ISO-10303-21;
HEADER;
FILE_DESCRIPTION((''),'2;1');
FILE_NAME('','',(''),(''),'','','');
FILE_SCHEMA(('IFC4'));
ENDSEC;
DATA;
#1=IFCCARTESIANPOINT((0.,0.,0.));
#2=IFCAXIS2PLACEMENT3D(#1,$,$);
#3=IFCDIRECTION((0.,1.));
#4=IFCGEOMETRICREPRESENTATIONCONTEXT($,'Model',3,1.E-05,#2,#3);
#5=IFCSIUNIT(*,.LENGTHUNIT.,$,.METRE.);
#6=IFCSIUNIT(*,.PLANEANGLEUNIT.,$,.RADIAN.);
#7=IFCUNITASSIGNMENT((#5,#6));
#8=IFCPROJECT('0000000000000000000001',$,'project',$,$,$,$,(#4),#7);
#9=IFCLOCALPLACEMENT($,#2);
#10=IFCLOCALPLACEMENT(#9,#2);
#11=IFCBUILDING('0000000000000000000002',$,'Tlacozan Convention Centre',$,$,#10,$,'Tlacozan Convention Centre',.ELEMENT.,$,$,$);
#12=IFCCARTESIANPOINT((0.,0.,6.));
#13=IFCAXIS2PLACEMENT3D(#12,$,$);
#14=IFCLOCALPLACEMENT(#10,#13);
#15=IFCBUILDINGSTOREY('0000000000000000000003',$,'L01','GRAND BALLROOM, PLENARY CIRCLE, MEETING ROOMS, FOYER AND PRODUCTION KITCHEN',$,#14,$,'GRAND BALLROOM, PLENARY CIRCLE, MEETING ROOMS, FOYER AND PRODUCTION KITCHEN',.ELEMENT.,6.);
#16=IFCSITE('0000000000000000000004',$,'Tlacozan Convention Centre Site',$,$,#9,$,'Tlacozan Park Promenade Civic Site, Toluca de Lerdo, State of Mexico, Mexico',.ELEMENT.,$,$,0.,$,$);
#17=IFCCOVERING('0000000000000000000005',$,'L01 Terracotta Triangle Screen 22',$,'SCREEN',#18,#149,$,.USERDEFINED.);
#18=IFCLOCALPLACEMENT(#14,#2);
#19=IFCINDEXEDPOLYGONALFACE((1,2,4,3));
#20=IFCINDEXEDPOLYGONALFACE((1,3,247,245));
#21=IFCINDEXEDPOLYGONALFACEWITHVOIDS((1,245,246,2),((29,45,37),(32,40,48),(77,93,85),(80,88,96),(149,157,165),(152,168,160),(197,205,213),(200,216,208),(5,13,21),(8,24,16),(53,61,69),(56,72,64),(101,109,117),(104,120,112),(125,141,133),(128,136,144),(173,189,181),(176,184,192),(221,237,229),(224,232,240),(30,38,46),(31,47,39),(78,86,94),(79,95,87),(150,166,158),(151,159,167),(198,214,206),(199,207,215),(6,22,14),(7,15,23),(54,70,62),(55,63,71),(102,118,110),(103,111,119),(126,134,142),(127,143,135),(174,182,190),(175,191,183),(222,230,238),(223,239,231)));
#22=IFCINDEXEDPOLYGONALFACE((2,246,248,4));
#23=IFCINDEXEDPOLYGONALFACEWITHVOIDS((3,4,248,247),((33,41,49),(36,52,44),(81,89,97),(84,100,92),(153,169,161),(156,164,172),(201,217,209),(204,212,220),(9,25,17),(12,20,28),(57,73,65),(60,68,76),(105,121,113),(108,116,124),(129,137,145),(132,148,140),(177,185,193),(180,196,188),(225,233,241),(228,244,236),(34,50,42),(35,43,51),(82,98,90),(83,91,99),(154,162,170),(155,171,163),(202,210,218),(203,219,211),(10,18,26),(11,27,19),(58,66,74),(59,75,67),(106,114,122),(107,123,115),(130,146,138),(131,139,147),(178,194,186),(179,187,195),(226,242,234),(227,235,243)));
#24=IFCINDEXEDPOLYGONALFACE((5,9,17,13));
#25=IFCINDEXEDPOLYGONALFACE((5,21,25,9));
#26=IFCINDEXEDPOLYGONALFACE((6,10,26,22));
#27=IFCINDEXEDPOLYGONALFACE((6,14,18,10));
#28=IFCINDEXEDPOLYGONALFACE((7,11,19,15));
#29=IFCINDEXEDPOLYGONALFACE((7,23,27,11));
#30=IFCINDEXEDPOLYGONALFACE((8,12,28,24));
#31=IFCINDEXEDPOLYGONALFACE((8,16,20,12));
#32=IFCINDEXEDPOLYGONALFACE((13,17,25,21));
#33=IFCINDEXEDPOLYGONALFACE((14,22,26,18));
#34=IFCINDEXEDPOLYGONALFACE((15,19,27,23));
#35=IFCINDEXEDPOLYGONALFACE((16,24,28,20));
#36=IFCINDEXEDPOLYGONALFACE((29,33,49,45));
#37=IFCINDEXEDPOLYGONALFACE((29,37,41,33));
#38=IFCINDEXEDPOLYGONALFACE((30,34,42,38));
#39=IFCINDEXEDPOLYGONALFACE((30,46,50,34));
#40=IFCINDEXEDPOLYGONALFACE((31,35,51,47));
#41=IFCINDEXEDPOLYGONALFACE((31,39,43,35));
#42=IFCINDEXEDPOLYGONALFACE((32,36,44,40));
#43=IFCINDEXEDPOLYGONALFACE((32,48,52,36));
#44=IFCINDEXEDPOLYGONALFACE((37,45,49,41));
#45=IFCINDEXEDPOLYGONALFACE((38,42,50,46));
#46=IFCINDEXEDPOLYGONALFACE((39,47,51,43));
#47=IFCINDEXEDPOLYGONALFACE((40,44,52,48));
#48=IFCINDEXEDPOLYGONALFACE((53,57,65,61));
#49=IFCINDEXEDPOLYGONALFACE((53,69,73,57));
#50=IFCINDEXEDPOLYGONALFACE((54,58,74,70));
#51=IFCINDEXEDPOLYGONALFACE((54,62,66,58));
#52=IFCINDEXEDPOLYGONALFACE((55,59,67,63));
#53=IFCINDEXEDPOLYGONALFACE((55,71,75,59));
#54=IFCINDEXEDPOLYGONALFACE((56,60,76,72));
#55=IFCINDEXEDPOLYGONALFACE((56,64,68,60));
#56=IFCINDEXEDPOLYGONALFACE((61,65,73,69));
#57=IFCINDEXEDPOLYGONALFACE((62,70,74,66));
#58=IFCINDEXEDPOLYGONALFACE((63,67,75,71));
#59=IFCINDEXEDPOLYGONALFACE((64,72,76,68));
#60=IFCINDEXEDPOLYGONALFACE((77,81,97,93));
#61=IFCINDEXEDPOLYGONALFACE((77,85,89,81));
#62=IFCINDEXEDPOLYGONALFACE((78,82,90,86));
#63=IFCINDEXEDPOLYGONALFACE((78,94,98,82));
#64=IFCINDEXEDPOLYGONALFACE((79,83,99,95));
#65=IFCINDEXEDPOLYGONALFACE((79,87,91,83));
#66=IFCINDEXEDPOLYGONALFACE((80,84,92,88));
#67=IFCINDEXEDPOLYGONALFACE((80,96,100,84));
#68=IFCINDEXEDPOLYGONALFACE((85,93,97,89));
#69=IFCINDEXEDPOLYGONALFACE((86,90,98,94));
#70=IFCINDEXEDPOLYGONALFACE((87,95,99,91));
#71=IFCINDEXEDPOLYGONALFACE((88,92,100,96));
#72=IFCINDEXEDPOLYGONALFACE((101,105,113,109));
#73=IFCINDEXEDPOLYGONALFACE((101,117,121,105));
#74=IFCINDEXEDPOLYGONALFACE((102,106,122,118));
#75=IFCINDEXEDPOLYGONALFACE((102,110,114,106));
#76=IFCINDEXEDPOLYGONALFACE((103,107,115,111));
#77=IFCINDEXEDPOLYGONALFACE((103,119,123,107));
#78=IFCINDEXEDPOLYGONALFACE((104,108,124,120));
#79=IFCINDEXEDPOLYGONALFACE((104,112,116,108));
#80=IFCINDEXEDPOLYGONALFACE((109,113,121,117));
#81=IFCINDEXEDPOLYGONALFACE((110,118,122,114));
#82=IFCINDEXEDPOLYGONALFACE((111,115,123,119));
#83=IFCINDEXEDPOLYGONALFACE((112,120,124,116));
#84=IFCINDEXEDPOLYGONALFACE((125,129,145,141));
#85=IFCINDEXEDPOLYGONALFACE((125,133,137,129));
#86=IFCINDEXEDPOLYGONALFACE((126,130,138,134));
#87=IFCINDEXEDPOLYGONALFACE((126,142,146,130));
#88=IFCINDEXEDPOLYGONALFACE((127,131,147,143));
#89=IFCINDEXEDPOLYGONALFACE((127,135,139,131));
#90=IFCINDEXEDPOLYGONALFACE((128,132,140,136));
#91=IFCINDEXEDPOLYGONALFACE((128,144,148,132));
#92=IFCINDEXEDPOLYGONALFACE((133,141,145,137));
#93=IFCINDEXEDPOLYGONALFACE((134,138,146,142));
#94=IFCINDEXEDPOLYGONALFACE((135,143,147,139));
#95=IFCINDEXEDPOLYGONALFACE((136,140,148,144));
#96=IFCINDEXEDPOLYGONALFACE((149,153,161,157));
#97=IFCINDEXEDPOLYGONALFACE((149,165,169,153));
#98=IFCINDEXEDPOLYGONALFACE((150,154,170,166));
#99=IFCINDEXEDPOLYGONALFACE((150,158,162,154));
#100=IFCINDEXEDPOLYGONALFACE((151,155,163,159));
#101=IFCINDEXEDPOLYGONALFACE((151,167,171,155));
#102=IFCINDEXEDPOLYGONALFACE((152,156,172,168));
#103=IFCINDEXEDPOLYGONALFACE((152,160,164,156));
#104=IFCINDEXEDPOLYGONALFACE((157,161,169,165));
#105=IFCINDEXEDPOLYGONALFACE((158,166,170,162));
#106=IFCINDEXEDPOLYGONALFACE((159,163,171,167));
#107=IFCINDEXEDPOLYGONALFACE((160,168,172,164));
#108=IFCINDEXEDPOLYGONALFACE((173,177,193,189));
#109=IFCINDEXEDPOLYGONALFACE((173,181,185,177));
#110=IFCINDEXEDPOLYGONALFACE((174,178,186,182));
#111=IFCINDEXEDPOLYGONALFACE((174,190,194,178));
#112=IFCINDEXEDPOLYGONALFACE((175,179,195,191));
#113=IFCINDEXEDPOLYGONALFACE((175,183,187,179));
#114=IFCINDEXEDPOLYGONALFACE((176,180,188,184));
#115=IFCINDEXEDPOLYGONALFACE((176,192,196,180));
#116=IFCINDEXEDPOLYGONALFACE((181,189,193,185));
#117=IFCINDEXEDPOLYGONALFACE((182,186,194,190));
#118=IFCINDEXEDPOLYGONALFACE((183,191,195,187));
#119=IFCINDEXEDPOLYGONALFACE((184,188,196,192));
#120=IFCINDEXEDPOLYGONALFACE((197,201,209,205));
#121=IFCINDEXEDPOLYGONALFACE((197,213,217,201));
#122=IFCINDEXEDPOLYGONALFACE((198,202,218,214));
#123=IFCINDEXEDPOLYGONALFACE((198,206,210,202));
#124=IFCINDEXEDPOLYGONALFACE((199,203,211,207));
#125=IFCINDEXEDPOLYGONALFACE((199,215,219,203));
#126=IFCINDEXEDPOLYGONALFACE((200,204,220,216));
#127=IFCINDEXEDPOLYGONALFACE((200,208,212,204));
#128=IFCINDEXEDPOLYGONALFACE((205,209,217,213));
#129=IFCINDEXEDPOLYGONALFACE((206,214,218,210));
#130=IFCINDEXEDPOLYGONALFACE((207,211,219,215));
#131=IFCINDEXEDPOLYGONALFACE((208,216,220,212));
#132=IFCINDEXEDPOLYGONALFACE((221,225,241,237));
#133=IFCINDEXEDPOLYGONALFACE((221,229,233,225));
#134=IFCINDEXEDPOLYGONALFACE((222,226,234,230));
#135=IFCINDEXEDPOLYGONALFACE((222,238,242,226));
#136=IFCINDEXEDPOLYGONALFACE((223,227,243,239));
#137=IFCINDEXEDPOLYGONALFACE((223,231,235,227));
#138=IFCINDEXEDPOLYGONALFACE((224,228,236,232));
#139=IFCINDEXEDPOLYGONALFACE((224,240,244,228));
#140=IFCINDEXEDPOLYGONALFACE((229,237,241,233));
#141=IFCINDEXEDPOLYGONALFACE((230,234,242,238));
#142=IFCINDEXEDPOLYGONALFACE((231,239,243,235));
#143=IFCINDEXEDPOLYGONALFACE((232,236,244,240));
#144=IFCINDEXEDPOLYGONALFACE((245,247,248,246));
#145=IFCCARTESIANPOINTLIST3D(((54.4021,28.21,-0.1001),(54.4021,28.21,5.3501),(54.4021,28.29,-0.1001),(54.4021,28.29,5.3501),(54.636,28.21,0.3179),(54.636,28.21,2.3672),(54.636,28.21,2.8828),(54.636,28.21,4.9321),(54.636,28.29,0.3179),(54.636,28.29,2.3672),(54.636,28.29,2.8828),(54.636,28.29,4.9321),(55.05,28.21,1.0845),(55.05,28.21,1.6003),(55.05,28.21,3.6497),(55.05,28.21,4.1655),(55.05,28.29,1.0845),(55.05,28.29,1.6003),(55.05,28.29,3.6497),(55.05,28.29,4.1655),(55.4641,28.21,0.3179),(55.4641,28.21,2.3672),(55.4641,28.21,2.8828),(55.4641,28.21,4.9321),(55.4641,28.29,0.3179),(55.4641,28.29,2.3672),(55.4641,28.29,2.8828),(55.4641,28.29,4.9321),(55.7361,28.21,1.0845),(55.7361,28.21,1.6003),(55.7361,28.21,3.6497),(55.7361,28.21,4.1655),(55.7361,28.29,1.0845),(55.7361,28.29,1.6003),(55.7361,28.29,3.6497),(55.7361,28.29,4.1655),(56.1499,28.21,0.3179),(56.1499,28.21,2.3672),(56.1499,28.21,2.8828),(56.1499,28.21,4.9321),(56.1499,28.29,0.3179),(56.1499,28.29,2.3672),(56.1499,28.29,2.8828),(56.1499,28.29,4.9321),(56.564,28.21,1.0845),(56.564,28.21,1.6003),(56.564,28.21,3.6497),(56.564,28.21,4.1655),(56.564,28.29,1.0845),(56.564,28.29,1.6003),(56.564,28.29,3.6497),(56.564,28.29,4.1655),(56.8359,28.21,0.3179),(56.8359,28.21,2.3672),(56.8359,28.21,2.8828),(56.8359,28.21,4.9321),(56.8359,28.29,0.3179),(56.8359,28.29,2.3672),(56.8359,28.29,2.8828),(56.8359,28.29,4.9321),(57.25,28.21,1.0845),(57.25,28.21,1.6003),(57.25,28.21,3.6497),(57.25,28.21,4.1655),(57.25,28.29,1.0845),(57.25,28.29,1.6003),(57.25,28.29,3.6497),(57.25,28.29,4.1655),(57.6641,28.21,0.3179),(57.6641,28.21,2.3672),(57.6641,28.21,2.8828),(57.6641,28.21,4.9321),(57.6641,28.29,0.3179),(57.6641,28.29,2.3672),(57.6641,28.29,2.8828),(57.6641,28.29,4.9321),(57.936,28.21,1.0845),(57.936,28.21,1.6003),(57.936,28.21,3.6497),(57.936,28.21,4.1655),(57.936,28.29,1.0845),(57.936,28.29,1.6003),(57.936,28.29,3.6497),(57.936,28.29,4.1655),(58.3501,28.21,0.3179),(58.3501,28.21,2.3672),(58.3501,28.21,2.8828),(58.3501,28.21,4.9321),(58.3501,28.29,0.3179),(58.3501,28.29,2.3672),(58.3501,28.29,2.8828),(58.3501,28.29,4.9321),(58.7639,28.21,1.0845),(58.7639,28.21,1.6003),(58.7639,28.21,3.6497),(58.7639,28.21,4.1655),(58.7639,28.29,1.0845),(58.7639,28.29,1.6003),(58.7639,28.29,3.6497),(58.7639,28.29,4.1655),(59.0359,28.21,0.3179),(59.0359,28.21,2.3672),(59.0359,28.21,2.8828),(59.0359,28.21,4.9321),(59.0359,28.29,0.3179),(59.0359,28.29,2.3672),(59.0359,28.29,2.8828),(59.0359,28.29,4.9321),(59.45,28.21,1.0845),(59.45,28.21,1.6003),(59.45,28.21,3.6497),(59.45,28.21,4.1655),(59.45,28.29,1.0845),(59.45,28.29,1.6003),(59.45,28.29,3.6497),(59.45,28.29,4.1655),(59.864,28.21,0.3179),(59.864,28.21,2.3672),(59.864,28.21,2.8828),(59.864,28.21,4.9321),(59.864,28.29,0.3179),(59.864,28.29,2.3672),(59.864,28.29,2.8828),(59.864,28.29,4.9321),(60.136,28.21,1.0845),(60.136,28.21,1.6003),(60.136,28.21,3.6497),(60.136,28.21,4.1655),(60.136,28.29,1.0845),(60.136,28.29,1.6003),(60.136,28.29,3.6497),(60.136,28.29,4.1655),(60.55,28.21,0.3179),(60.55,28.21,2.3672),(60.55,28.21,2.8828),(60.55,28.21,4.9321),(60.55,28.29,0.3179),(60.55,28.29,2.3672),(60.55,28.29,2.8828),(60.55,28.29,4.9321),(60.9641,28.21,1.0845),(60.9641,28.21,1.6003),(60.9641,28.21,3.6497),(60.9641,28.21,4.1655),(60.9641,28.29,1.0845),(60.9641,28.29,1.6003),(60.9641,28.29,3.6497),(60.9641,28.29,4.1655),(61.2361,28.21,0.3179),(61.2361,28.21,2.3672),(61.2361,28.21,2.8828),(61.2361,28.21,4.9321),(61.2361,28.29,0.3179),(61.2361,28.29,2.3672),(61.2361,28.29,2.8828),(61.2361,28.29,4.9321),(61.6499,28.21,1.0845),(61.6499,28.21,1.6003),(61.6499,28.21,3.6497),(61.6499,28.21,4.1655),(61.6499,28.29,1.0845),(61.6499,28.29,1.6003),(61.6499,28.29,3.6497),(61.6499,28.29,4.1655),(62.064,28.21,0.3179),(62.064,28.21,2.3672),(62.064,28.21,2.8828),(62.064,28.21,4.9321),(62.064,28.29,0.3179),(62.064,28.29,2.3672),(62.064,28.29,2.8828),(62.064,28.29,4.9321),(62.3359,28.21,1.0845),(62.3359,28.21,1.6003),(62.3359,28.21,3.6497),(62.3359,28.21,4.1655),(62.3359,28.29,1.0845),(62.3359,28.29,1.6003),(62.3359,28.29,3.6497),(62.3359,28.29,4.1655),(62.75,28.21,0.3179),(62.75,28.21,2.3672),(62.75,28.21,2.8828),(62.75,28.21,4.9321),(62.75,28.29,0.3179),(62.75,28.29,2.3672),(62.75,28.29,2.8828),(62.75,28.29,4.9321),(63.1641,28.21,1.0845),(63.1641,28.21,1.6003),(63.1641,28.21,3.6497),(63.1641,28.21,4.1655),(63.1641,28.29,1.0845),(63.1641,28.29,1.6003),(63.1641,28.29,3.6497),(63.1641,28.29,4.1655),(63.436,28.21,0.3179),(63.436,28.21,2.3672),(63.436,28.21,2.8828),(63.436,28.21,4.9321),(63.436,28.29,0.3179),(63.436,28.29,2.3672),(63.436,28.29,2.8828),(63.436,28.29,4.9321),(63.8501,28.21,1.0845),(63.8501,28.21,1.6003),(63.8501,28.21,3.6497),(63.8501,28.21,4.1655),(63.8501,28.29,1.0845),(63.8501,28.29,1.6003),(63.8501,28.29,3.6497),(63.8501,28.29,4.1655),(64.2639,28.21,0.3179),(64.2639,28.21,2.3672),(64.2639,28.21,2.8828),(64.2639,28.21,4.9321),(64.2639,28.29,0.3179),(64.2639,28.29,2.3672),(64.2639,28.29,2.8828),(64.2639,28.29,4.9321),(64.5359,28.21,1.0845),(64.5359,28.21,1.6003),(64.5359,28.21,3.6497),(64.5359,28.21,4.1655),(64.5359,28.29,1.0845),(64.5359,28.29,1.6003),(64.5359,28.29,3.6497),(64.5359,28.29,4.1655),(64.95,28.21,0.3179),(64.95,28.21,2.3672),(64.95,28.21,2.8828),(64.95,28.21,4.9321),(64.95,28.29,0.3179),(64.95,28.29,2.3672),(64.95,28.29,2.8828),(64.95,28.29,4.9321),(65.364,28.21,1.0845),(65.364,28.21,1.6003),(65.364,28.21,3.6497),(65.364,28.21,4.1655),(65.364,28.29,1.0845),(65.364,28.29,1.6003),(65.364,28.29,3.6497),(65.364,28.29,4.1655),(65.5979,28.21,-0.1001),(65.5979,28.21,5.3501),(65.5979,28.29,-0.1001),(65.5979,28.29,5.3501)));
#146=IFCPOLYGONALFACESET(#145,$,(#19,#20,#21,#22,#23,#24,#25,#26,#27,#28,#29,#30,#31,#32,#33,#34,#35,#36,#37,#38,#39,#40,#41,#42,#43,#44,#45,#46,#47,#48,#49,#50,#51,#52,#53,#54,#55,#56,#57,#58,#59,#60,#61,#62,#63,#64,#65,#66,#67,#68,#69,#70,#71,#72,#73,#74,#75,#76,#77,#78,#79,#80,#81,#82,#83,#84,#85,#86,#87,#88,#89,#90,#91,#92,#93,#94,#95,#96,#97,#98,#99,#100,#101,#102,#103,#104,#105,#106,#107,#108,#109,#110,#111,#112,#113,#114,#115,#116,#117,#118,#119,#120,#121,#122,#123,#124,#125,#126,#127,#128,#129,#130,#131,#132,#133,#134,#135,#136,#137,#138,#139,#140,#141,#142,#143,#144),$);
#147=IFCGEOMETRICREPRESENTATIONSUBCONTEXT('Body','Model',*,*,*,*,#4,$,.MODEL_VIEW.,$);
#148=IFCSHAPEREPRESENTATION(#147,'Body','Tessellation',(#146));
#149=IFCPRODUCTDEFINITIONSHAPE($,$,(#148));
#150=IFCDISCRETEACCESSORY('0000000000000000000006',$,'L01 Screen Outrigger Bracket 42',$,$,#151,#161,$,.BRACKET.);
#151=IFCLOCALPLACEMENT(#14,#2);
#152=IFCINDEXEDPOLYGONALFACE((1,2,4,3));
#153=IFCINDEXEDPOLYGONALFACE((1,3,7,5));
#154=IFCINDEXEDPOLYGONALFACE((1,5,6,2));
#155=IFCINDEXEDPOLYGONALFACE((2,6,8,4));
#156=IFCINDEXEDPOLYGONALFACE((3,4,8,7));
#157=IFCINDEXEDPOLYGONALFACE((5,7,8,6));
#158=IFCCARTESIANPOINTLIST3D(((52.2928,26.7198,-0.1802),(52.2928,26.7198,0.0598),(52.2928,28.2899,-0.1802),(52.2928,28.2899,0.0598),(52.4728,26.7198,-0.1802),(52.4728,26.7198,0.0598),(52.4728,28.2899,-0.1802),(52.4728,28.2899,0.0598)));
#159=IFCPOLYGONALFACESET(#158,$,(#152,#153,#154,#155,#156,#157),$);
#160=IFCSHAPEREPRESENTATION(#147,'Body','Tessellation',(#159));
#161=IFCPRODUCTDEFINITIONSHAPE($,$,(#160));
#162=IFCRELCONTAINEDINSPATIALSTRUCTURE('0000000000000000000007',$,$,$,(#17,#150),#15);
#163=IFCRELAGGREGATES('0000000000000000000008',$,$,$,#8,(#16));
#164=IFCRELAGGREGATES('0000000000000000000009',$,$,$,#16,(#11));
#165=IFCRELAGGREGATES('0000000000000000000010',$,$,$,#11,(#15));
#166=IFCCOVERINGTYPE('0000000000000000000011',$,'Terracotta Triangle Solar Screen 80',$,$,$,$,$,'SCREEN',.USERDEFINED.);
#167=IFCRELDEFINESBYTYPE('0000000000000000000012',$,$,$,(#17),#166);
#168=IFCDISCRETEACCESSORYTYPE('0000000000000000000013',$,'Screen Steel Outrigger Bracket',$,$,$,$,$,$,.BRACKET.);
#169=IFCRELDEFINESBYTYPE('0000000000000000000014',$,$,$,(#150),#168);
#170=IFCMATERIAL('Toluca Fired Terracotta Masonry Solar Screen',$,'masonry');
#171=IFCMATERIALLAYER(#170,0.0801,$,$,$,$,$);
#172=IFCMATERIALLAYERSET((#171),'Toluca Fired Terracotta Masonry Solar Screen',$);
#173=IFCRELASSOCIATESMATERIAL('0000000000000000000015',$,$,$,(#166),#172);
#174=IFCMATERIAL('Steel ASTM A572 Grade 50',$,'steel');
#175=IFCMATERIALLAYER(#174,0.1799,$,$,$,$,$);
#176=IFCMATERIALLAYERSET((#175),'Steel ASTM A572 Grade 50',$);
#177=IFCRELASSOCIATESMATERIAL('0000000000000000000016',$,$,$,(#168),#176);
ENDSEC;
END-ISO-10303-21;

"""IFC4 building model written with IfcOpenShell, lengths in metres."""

from ifc_helpers import new_model, si_unit, direction, frame, origin, origin_2d, place, context, subcontext, project, spatial, polyline, rectangle, outline, extrude, material, layer, layer_set, type_object, element, save


model = new_model("IFC4")

# Units and contexts
model_context = context("Model", 3, precision=1e-05, world=origin(), true_north=direction((0.0, 1.0)))
body_context = subcontext(model_context, "Body", "Model", "MODEL_VIEW")
ifc_project = project(units=[si_unit("LENGTHUNIT", "METRE"), si_unit("PLANEANGLEUNIT", "RADIAN")], contexts=[model_context])

# Site, building, storey
site_placement = place(None, origin())
site = spatial("IfcSite", under=ifc_project, at=site_placement, Name="Tlacozan Convention Centre Site", LongName="Tlacozan Park Promenade Civic Site, Toluca de Lerdo, State of Mexico, Mexico", CompositionType="ELEMENT", RefElevation=0.0)
building_placement = place(site_placement, origin())
building = spatial("IfcBuilding", under=site, at=building_placement, Name="Tlacozan Convention Centre", LongName="Tlacozan Convention Centre", CompositionType="ELEMENT")
storey_placement = place(building_placement, frame((0.0, 0.0, 6.0)))
storey = spatial("IfcBuildingStorey", under=building, at=storey_placement, Name="L01", Description="GRAND BALLROOM, PLENARY CIRCLE, MEETING ROOMS, FOYER AND PRODUCTION KITCHEN", LongName="GRAND BALLROOM, PLENARY CIRCLE, MEETING ROOMS, FOYER AND PRODUCTION KITCHEN", CompositionType="ELEMENT", Elevation=6.0)

# Covering
ifc_material_1 = material(Name="Toluca Fired Terracotta Masonry Solar Screen", Category="masonry")
ifc_layer_1 = layer(ifc_material_1, 0.0801)
ifc_layer_set_1 = layer_set([ifc_layer_1], Name="Toluca Fired Terracotta Masonry Solar Screen")
covering_type = type_object("IfcCoveringType", Name="Terracotta Triangle Solar Screen 80", ElementType="SCREEN", PredefinedType="USERDEFINED", material=ifc_layer_set_1)
covering_placement = place(storey_placement, frame((54.4021, 28.25, -0.1001), z_axis=(0.0, 0.0, 1.0), x_axis=(1.0, 0.0, 0.0)))
element("IfcCovering", 1, at=covering_placement, inside=storey, type_object=covering_type, Name="L01 Terracotta Triangle Screen 22", ObjectType="SCREEN", PredefinedType="USERDEFINED", context=body_context, shape_type="SweptSolid", body=[
    extrude(outline(polyline([(0.0, 0.0), (11.1958, 0.0), (11.1958, 5.4502), (0.0, 5.4502), (0.0, 0.0)]), holes=[polyline([(0.2339, 0.418), (1.062, 0.418), (0.6479, 1.1846), (0.2339, 0.418)]), polyline([(1.334, 1.1846), (2.1619, 1.1846), (1.7478, 0.418), (1.334, 1.1846)]), polyline([(2.4338, 0.418), (3.262, 0.418), (2.8479, 1.1846), (2.4338, 0.418)]), polyline([(3.5339, 1.1846), (4.3618, 1.1846), (3.948, 0.418), (3.5339, 1.1846)]), polyline([(4.6338, 0.418), (5.4619, 0.418), (5.0479, 1.1846), (4.6338, 0.418)]), polyline([(5.7339, 1.1846), (6.562, 1.1846), (6.1479, 0.418), (5.7339, 1.1846)]), polyline([(6.834, 0.418), (7.6619, 0.418), (7.2478, 1.1846), (6.834, 0.418)]), polyline([(7.9338, 1.1846), (8.762, 1.1846), (8.3479, 0.418), (7.9338, 1.1846)]), polyline([(9.0339, 0.418), (9.8618, 0.418), (9.448, 1.1846), (9.0339, 0.418)]), polyline([(10.1338, 1.1846), (10.9619, 1.1846), (10.5479, 0.418), (10.1338, 1.1846)]), polyline([(0.2339, 2.4673), (1.062, 2.4673), (0.6479, 1.7004), (0.2339, 2.4673)]), polyline([(1.334, 1.7004), (2.1619, 1.7004), (1.7478, 2.4673), (1.334, 1.7004)]), polyline([(2.4338, 2.4673), (3.262, 2.4673), (2.8479, 1.7004), (2.4338, 2.4673)]), polyline([(3.5339, 1.7004), (4.3618, 1.7004), (3.948, 2.4673), (3.5339, 1.7004)]), polyline([(4.6338, 2.4673), (5.4619, 2.4673), (5.0479, 1.7004), (4.6338, 2.4673)]), polyline([(5.7339, 1.7004), (6.562, 1.7004), (6.1479, 2.4673), (5.7339, 1.7004)]), polyline([(6.834, 2.4673), (7.6619, 2.4673), (7.2478, 1.7004), (6.834, 2.4673)]), polyline([(7.9338, 1.7004), (8.762, 1.7004), (8.3479, 2.4673), (7.9338, 1.7004)]), polyline([(9.0339, 2.4673), (9.8618, 2.4673), (9.448, 1.7004), (9.0339, 2.4673)]), polyline([(10.1338, 1.7004), (10.9619, 1.7004), (10.5479, 2.4673), (10.1338, 1.7004)]), polyline([(0.2339, 2.9829), (1.062, 2.9829), (0.6479, 3.7498), (0.2339, 2.9829)]), polyline([(1.334, 3.7498), (2.1619, 3.7498), (1.7478, 2.9829), (1.334, 3.7498)]), polyline([(2.4338, 2.9829), (3.262, 2.9829), (2.8479, 3.7498), (2.4338, 2.9829)]), polyline([(3.5339, 3.7498), (4.3618, 3.7498), (3.948, 2.9829), (3.5339, 3.7498)]), polyline([(4.6338, 2.9829), (5.4619, 2.9829), (5.0479, 3.7498), (4.6338, 2.9829)]), polyline([(5.7339, 3.7498), (6.562, 3.7498), (6.1479, 2.9829), (5.7339, 3.7498)]), polyline([(6.834, 2.9829), (7.6619, 2.9829), (7.2478, 3.7498), (6.834, 2.9829)]), polyline([(7.9338, 3.7498), (8.762, 3.7498), (8.3479, 2.9829), (7.9338, 3.7498)]), polyline([(9.0339, 2.9829), (9.8618, 2.9829), (9.448, 3.7498), (9.0339, 2.9829)]), polyline([(10.1338, 3.7498), (10.9619, 3.7498), (10.5479, 2.9829), (10.1338, 3.7498)]), polyline([(0.2339, 5.0322), (1.062, 5.0322), (0.6479, 4.2656), (0.2339, 5.0322)]), polyline([(1.334, 4.2656), (2.1619, 4.2656), (1.7478, 5.0322), (1.334, 4.2656)]), polyline([(2.4338, 5.0322), (3.262, 5.0322), (2.8479, 4.2656), (2.4338, 5.0322)]), polyline([(3.5339, 4.2656), (4.3618, 4.2656), (3.948, 5.0322), (3.5339, 4.2656)]), polyline([(4.6338, 5.0322), (5.4619, 5.0322), (5.0479, 4.2656), (4.6338, 5.0322)]), polyline([(5.7339, 4.2656), (6.562, 4.2656), (6.1479, 5.0322), (5.7339, 4.2656)]), polyline([(6.834, 5.0322), (7.6619, 5.0322), (7.2478, 4.2656), (6.834, 5.0322)]), polyline([(7.9338, 4.2656), (8.762, 4.2656), (8.3479, 5.0322), (7.9338, 4.2656)]), polyline([(9.0339, 5.0322), (9.8618, 5.0322), (9.448, 4.2656), (9.0339, 5.0322)]), polyline([(10.1338, 4.2656), (10.9619, 4.2656), (10.5479, 5.0322), (10.1338, 4.2656)])]), frame((0.0, 0.04, 0.0), z_axis=(0.0, -1.0, 0.0), x_axis=(1.0, 0.0, 0.0)), (0.0, 0.0, 1.0), 0.0801),
])

# Discrete accessory
ifc_material_2 = material(Name="Steel ASTM A572 Grade 50", Category="steel")
ifc_layer_2 = layer(ifc_material_2, 0.1799)
ifc_layer_set_2 = layer_set([ifc_layer_2], Name="Steel ASTM A572 Grade 50")
discrete_accessory_type = type_object("IfcDiscreteAccessoryType", Name="Screen Steel Outrigger Bracket", PredefinedType="BRACKET", material=ifc_layer_set_2)
discrete_accessory_placement = place(storey_placement, frame((52.3828, 27.5049, -0.1802), z_axis=(0.0, 0.0, 1.0), x_axis=(0.0, -1.0, 0.0)))
element("IfcDiscreteAccessory", 2, at=discrete_accessory_placement, inside=storey, type_object=discrete_accessory_type, Name="L01 Screen Outrigger Bracket 42", PredefinedType="BRACKET", context=body_context, shape_type="SweptSolid", body=[
    extrude(rectangle(XDim=1.5701, YDim=0.1799, at=origin_2d()), origin(), (0.0, 0.0, 1.0), 0.24),
])

save(model, "model.ifc")
